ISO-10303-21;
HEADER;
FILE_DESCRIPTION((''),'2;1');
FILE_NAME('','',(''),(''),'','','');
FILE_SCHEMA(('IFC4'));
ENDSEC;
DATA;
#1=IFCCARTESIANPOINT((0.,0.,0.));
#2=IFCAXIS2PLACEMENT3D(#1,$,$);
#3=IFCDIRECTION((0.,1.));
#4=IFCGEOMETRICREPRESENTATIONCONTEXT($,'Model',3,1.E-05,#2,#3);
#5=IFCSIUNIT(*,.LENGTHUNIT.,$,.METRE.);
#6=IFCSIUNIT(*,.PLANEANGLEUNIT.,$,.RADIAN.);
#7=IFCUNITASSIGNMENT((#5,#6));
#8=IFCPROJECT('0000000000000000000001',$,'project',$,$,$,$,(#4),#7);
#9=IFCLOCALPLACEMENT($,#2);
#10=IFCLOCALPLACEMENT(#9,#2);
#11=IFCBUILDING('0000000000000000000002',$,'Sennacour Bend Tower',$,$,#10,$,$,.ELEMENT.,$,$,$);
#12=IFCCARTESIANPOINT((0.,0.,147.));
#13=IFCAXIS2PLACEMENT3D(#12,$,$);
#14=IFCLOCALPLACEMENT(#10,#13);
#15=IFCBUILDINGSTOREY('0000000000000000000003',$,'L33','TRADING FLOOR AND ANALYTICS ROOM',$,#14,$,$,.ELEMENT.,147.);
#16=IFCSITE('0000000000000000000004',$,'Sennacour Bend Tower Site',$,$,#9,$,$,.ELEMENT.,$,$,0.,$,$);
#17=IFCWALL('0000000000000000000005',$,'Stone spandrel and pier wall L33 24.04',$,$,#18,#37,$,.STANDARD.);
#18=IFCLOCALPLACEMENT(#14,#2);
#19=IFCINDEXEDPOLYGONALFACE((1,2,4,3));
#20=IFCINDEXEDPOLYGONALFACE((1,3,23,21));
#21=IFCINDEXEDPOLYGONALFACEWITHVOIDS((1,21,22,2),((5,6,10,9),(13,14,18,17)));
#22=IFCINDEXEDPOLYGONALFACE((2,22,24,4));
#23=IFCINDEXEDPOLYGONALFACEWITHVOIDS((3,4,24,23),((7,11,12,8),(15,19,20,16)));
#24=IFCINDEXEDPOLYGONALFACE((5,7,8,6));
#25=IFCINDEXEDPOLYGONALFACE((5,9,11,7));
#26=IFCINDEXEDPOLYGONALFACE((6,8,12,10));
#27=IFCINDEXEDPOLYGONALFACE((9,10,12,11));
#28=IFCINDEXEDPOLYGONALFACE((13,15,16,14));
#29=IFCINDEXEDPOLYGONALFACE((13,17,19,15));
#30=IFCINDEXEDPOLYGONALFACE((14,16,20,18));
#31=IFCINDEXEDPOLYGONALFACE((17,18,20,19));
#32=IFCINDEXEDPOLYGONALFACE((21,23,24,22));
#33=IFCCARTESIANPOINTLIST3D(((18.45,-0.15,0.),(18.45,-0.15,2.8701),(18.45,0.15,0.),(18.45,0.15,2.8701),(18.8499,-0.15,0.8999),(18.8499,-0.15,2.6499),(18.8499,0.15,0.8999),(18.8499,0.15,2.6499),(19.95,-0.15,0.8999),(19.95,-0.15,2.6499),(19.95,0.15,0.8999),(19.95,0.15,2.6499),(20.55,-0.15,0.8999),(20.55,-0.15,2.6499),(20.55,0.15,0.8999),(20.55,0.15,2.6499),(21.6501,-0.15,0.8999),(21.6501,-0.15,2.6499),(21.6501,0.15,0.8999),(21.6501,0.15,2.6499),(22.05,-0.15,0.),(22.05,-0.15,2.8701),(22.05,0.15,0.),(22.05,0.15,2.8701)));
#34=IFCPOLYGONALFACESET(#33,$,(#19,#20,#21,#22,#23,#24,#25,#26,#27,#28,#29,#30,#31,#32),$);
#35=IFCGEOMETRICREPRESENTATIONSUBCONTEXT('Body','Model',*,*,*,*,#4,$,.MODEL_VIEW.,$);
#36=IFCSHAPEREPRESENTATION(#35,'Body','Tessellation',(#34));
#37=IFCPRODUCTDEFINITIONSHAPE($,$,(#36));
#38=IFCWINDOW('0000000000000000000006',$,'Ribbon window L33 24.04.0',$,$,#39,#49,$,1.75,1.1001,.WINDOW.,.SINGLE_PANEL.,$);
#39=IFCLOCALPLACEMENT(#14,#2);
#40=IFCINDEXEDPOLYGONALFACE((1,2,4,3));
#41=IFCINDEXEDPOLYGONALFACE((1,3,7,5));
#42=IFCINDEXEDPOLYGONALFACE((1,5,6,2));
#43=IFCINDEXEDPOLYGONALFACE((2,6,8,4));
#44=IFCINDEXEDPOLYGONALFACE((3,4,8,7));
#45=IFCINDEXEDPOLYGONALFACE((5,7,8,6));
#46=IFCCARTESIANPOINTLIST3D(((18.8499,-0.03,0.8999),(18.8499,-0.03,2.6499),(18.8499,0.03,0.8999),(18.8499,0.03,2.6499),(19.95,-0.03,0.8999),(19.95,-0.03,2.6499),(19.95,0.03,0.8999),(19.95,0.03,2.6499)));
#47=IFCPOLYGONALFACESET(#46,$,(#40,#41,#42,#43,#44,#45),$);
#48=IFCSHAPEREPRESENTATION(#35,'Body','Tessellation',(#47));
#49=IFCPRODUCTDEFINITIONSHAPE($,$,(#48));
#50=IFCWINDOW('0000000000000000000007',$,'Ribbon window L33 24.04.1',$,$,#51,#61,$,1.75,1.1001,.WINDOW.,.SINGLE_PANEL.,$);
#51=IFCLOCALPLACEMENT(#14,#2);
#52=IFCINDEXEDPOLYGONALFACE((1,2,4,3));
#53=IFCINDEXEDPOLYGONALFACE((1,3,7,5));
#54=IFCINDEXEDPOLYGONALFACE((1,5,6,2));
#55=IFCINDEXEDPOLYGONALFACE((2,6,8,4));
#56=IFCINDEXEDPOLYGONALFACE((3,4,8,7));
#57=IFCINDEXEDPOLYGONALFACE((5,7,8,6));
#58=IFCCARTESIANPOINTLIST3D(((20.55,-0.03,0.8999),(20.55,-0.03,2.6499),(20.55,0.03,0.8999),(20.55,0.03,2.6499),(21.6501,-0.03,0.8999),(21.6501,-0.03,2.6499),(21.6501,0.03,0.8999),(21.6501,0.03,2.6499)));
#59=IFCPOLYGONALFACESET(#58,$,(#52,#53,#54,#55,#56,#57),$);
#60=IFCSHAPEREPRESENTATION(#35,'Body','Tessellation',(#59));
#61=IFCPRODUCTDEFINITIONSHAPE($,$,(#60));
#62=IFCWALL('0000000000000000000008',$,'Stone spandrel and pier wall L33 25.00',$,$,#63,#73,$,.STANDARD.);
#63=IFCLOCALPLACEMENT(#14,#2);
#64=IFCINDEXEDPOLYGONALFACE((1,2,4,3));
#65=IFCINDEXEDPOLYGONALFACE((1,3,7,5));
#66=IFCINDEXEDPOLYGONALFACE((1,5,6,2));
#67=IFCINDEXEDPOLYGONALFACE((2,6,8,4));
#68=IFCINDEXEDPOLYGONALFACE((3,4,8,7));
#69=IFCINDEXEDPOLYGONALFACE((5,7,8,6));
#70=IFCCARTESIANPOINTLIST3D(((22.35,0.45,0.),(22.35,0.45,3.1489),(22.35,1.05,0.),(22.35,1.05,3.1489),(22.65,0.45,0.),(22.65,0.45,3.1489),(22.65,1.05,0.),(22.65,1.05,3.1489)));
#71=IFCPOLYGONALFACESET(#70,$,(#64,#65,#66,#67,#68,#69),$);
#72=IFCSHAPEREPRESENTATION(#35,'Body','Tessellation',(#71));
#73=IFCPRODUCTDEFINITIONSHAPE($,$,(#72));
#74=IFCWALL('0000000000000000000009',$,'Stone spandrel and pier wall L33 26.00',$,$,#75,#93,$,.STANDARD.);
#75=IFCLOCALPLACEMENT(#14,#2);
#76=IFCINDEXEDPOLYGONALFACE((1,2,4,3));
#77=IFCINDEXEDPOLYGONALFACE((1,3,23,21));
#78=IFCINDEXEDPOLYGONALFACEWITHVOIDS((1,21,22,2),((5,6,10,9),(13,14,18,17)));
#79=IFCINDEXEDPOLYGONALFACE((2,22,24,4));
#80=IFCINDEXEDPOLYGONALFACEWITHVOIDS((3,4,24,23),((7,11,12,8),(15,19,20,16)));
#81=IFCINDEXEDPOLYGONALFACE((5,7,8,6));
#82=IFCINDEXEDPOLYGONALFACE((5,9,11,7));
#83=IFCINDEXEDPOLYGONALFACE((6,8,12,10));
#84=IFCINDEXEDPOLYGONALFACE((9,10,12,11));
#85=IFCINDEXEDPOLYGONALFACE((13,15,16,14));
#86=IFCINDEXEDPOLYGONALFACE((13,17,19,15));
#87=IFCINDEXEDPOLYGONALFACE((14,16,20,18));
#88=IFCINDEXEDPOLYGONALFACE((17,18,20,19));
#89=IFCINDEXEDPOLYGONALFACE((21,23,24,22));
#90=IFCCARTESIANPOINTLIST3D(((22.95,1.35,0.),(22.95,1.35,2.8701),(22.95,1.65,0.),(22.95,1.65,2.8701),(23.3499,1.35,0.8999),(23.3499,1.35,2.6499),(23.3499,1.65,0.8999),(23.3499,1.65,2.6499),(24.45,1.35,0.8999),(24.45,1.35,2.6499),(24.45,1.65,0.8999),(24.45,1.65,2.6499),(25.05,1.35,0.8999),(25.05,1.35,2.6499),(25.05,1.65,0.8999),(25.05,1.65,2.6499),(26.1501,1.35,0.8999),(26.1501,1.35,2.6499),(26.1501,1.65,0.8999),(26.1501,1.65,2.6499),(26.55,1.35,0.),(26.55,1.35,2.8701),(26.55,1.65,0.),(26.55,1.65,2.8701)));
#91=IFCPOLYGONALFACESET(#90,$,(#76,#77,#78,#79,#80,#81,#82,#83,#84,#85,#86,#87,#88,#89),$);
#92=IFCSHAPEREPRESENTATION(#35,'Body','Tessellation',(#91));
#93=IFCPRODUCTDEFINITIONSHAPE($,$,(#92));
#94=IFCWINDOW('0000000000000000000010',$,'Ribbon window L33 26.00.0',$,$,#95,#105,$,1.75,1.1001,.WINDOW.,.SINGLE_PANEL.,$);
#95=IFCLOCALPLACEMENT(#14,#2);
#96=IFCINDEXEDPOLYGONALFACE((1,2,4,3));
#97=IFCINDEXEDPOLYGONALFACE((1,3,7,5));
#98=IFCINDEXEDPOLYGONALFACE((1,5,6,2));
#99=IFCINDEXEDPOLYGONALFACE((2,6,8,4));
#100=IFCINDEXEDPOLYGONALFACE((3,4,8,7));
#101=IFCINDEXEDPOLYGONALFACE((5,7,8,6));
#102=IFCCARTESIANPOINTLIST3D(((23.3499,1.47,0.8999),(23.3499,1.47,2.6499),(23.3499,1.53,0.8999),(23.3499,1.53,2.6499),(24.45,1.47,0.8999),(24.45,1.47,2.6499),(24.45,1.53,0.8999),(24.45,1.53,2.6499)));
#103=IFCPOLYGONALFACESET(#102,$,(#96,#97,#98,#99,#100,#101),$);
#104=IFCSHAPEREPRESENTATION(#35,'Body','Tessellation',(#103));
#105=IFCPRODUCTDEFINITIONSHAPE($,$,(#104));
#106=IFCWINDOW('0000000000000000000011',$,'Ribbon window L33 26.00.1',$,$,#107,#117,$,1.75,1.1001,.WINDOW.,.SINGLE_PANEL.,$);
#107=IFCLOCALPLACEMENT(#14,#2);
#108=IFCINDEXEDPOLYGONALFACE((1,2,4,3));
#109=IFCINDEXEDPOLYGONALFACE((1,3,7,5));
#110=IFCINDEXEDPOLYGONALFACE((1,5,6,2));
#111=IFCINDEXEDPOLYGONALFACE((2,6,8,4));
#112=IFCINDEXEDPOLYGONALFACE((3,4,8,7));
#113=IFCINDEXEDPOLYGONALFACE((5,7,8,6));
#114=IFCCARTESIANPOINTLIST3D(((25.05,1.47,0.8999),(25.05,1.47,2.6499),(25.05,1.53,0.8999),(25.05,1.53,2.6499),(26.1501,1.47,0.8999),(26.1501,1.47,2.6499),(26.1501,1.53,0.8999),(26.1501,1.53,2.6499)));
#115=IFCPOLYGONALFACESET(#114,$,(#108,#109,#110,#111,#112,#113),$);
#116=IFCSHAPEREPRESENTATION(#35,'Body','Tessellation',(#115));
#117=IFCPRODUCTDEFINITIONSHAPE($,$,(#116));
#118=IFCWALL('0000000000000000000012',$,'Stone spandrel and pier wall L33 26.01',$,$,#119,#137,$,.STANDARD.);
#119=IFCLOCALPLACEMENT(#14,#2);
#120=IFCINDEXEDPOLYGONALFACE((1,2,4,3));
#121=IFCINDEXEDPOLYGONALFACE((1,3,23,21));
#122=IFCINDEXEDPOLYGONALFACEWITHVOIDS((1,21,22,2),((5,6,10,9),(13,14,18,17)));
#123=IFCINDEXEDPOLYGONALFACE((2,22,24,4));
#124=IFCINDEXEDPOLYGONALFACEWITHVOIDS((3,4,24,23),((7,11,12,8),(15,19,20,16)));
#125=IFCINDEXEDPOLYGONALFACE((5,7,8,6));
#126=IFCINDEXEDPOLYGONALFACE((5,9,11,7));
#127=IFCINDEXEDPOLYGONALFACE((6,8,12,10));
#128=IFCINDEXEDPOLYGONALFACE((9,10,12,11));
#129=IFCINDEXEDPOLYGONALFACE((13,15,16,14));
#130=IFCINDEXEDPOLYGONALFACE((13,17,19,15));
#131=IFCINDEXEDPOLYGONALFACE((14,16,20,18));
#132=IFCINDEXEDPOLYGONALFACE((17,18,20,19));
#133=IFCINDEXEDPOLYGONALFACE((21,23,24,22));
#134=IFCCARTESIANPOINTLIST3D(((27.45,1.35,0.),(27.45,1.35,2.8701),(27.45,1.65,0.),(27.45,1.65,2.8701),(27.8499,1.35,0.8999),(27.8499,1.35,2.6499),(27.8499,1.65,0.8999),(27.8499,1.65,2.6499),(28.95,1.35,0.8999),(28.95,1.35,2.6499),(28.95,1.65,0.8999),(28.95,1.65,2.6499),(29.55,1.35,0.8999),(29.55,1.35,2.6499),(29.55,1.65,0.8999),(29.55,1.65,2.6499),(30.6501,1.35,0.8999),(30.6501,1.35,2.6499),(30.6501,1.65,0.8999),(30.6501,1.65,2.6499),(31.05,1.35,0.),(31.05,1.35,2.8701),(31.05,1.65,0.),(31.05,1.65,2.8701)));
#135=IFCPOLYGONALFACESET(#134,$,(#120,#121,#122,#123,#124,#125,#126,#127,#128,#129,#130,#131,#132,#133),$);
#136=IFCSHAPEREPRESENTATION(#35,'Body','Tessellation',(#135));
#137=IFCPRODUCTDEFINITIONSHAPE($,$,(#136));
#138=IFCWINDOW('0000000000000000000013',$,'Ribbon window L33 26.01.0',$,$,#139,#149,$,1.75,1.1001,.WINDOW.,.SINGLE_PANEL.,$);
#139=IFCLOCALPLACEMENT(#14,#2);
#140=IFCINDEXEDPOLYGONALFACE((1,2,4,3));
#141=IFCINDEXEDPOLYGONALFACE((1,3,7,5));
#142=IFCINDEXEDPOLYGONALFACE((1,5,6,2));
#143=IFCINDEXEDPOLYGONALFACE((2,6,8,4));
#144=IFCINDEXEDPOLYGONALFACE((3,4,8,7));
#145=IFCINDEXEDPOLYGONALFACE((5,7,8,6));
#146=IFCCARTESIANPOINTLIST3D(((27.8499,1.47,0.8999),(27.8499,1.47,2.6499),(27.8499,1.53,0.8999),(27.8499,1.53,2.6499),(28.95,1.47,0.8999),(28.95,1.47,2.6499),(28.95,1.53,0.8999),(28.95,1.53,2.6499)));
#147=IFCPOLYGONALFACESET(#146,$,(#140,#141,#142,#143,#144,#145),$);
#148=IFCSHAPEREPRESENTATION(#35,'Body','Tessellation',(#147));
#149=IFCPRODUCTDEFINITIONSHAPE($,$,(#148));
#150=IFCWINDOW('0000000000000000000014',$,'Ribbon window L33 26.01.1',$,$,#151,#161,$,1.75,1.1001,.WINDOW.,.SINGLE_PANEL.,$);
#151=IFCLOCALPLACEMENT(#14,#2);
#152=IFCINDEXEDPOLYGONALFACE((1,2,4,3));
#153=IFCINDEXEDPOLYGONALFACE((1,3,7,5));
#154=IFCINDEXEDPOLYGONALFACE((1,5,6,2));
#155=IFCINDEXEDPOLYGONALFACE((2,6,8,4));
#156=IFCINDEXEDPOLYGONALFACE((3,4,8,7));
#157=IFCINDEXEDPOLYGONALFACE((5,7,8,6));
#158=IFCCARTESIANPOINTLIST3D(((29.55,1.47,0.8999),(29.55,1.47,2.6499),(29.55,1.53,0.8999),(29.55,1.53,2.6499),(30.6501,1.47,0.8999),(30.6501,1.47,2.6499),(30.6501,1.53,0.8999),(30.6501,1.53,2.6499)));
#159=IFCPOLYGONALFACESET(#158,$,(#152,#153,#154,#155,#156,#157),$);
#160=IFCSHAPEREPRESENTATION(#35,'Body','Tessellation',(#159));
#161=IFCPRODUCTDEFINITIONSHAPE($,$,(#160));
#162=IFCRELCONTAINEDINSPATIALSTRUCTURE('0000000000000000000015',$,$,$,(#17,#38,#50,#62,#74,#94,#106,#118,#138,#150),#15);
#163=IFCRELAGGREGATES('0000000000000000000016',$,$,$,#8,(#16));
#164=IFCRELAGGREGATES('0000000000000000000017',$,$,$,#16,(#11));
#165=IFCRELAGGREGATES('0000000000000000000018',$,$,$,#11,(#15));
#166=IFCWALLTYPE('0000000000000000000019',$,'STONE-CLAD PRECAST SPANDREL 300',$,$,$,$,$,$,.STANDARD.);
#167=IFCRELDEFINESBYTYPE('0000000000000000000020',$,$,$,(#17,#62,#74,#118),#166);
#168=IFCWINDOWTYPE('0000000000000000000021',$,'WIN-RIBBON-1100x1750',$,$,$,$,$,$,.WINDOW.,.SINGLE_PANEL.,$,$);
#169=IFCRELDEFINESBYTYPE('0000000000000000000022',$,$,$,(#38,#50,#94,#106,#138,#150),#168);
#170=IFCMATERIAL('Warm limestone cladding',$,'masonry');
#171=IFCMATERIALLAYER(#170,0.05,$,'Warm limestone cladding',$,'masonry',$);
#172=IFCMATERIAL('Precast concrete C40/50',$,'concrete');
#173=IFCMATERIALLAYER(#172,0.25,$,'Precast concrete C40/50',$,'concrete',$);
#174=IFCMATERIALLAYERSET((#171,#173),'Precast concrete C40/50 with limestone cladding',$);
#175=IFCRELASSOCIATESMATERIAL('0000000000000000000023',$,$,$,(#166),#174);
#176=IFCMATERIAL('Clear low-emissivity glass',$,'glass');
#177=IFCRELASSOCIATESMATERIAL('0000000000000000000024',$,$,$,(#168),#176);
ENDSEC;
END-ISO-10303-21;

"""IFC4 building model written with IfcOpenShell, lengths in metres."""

from ifc_helpers import new_model, si_unit, direction, frame, frame_2d, origin, place, context, subcontext, project, spatial, rectangle, extrude, material, layer, layer_set, type_object, element, fill, save


model = new_model("IFC4")

# Units and contexts
model_context = context("Model", 3, precision=1e-05, world=origin(), true_north=direction((0.0, 1.0)))
body_context = subcontext(model_context, "Body", "Model", "MODEL_VIEW")
ifc_project = project(units=[si_unit("LENGTHUNIT", "METRE"), si_unit("PLANEANGLEUNIT", "RADIAN")], contexts=[model_context])

# Site, building, storey
site_placement = place(None, origin())
site = spatial("IfcSite", under=ifc_project, at=site_placement, Name="Sennacour Bend Tower Site", CompositionType="ELEMENT", RefElevation=0.0)
building_placement = place(site_placement, origin())
building = spatial("IfcBuilding", under=site, at=building_placement, Name="Sennacour Bend Tower", CompositionType="ELEMENT")
storey_placement = place(building_placement, frame((0.0, 0.0, 147.0)))
storey = spatial("IfcBuildingStorey", under=building, at=storey_placement, Name="L33", Description="TRADING FLOOR AND ANALYTICS ROOM", CompositionType="ELEMENT", Elevation=147.0)

# Wall, openings, windows
ifc_material_1 = material(Name="Warm limestone cladding", Category="masonry")
ifc_layer_1 = layer(ifc_material_1, 0.05, Name="Warm limestone cladding", Category="masonry")
ifc_material_2 = material(Name="Precast concrete C40/50", Category="concrete")
ifc_layer_2 = layer(ifc_material_2, 0.25, Name="Precast concrete C40/50", Category="concrete")
ifc_layer_set_1 = layer_set([ifc_layer_1, ifc_layer_2], Name="Precast concrete C40/50 with limestone cladding")
wall_type_1 = type_object("IfcWallType", Name="STONE-CLAD PRECAST SPANDREL 300", PredefinedType="STANDARD", material=ifc_layer_set_1)
wall_1_placement = place(storey_placement, frame((18.45, 0.0, 0.0), z_axis=(0.0, 0.0, 1.0), x_axis=(1.0, 0.0, 0.0)))
wall_1 = element("IfcWall", 1, at=wall_1_placement, inside=storey, type_object=wall_type_1, Name="Stone spandrel and pier wall L33 24.04", PredefinedType="STANDARD", context=body_context, shape_type="SweptSolid", body=[
    extrude(rectangle(XDim=3.6001, YDim=0.3, at=frame_2d((1.8, 0.0))), origin(), (0.0, 0.0, 1.0), 2.8701),
])
opening_1_placement = place(wall_1_placement, frame((0.3999, 0.0, 0.8999)))
opening_1 = element("IfcOpeningElement", 2, at=opening_1_placement, cuts=wall_1, PredefinedType="OPENING", context=body_context, shape_type="SweptSolid", body=[
    extrude(rectangle(XDim=1.1001, YDim=1.75, at=frame_2d((0.55, 0.875))), frame((0.0, 0.1602, 0.0), z_axis=(0.0, -1.0, 0.0), x_axis=(1.0, 0.0, 0.0)), (0.0, 0.0, 1.0), 0.3201),
])
opening_2_placement = place(wall_1_placement, frame((2.1001, 0.0, 0.8999)))
opening_2 = element("IfcOpeningElement", 3, at=opening_2_placement, cuts=wall_1, PredefinedType="OPENING", context=body_context, shape_type="SweptSolid", body=[
    extrude(rectangle(XDim=1.1001, YDim=1.75, at=frame_2d((0.55, 0.875))), frame((0.0, 0.1602, 0.0), z_axis=(0.0, -1.0, 0.0), x_axis=(1.0, 0.0, 0.0)), (0.0, 0.0, 1.0), 0.3201),
])
ifc_material_3 = material(Name="Clear low-emissivity glass", Category="glass")
window_type = type_object("IfcWindowType", Name="WIN-RIBBON-1100x1750", PartitioningType="SINGLE_PANEL", PredefinedType="WINDOW", material=ifc_material_3)
window_1_placement = place(opening_1_placement, origin())
window_1 = element("IfcWindow", 4, at=window_1_placement, inside=storey, type_object=window_type, Name="Ribbon window L33 24.04.0", OverallHeight=1.75, OverallWidth=1.1001, PartitioningType="SINGLE_PANEL", PredefinedType="WINDOW", context=body_context, shape_type="SweptSolid", body=[
    extrude(rectangle(XDim=1.1001, YDim=1.75, at=frame_2d((0.55, 0.875))), frame((0.0, 0.03, 0.0), z_axis=(0.0, -1.0, 0.0), x_axis=(1.0, 0.0, 0.0)), (0.0, 0.0, 1.0), 0.0601),
])
fill(opening_1, window_1)
window_2_placement = place(opening_2_placement, origin())
window_2 = element("IfcWindow", 5, at=window_2_placement, inside=storey, type_object=window_type, Name="Ribbon window L33 24.04.1", OverallHeight=1.75, OverallWidth=1.1001, PartitioningType="SINGLE_PANEL", PredefinedType="WINDOW", context=body_context, shape_type="SweptSolid", body=[
    extrude(rectangle(XDim=1.1001, YDim=1.75, at=frame_2d((0.55, 0.875))), frame((0.0, 0.03, 0.0), z_axis=(0.0, -1.0, 0.0), x_axis=(1.0, 0.0, 0.0)), (0.0, 0.0, 1.0), 0.0601),
])
fill(opening_2, window_2)

# Wall
wall_2_placement = place(storey_placement, frame((22.5, 0.45, 0.0), z_axis=(0.0, 0.0, 1.0), x_axis=(0.0, 1.0, 0.0)))
element("IfcWall", 6, at=wall_2_placement, inside=storey, type_object=wall_type_1, Name="Stone spandrel and pier wall L33 25.00", PredefinedType="STANDARD", context=body_context, shape_type="SweptSolid", body=[
    extrude(rectangle(XDim=0.6001, YDim=0.3, at=frame_2d((0.3, 0.0))), origin(), (0.0, 0.0, 1.0), 3.1489),
])

# Walls, openings, windows
wall_3_placement = place(storey_placement, frame((22.95, 1.5, 0.0), z_axis=(0.0, 0.0, 1.0), x_axis=(1.0, 0.0, 0.0)))
wall_3 = element("IfcWall", 7, at=wall_3_placement, inside=storey, type_object=wall_type_1, Name="Stone spandrel and pier wall L33 26.00", PredefinedType="STANDARD", context=body_context, shape_type="SweptSolid", body=[
    extrude(rectangle(XDim=3.6001, YDim=0.3, at=frame_2d((1.8, 0.0))), origin(), (0.0, 0.0, 1.0), 2.8701),
])
opening_3_placement = place(wall_3_placement, frame((0.3999, 0.0, 0.8999)))
opening_3 = element("IfcOpeningElement", 8, at=opening_3_placement, cuts=wall_3, PredefinedType="OPENING", context=body_context, shape_type="SweptSolid", body=[
    extrude(rectangle(XDim=1.1001, YDim=1.75, at=frame_2d((0.55, 0.875))), frame((0.0, 0.1602, 0.0), z_axis=(0.0, -1.0, 0.0), x_axis=(1.0, 0.0, 0.0)), (0.0, 0.0, 1.0), 0.3201),
])
opening_4_placement = place(wall_3_placement, frame((2.1001, 0.0, 0.8999)))
opening_4 = element("IfcOpeningElement", 9, at=opening_4_placement, cuts=wall_3, PredefinedType="OPENING", context=body_context, shape_type="SweptSolid", body=[
    extrude(rectangle(XDim=1.1001, YDim=1.75, at=frame_2d((0.55, 0.875))), frame((0.0, 0.1602, 0.0), z_axis=(0.0, -1.0, 0.0), x_axis=(1.0, 0.0, 0.0)), (0.0, 0.0, 1.0), 0.3201),
])
window_3_placement = place(opening_3_placement, origin())
window_3 = element("IfcWindow", 10, at=window_3_placement, inside=storey, type_object=window_type, Name="Ribbon window L33 26.00.0", OverallHeight=1.75, OverallWidth=1.1001, PartitioningType="SINGLE_PANEL", PredefinedType="WINDOW", context=body_context, shape_type="SweptSolid", body=[
    extrude(rectangle(XDim=1.1001, YDim=1.75, at=frame_2d((0.55, 0.875))), frame((0.0, 0.03, 0.0), z_axis=(0.0, -1.0, 0.0), x_axis=(1.0, 0.0, 0.0)), (0.0, 0.0, 1.0), 0.0601),
])
fill(opening_3, window_3)
window_4_placement = place(opening_4_placement, origin())
window_4 = element("IfcWindow", 11, at=window_4_placement, inside=storey, type_object=window_type, Name="Ribbon window L33 26.00.1", OverallHeight=1.75, OverallWidth=1.1001, PartitioningType="SINGLE_PANEL", PredefinedType="WINDOW", context=body_context, shape_type="SweptSolid", body=[
    extrude(rectangle(XDim=1.1001, YDim=1.75, at=frame_2d((0.55, 0.875))), frame((0.0, 0.03, 0.0), z_axis=(0.0, -1.0, 0.0), x_axis=(1.0, 0.0, 0.0)), (0.0, 0.0, 1.0), 0.0601),
])
fill(opening_4, window_4)
wall_4_placement = place(storey_placement, frame((27.45, 1.5, 0.0), z_axis=(0.0, 0.0, 1.0), x_axis=(1.0, 0.0, 0.0)))
wall_4 = element("IfcWall", 12, at=wall_4_placement, inside=storey, type_object=wall_type_1, Name="Stone spandrel and pier wall L33 26.01", PredefinedType="STANDARD", context=body_context, shape_type="SweptSolid", body=[
    extrude(rectangle(XDim=3.6001, YDim=0.3, at=frame_2d((1.8, 0.0))), origin(), (0.0, 0.0, 1.0), 2.8701),
])
opening_5_placement = place(wall_4_placement, frame((0.3999, 0.0, 0.8999)))
opening_5 = element("IfcOpeningElement", 13, at=opening_5_placement, cuts=wall_4, PredefinedType="OPENING", context=body_context, shape_type="SweptSolid", body=[
    extrude(rectangle(XDim=1.1001, YDim=1.75, at=frame_2d((0.55, 0.875))), frame((0.0, 0.1602, 0.0), z_axis=(0.0, -1.0, 0.0), x_axis=(1.0, 0.0, 0.0)), (0.0, 0.0, 1.0), 0.3201),
])
opening_6_placement = place(wall_4_placement, frame((2.1001, 0.0, 0.8999)))
opening_6 = element("IfcOpeningElement", 14, at=opening_6_placement, cuts=wall_4, PredefinedType="OPENING", context=body_context, shape_type="SweptSolid", body=[
    extrude(rectangle(XDim=1.1001, YDim=1.75, at=frame_2d((0.55, 0.875))), frame((0.0, 0.1602, 0.0), z_axis=(0.0, -1.0, 0.0), x_axis=(1.0, 0.0, 0.0)), (0.0, 0.0, 1.0), 0.3201),
])
window_5_placement = place(opening_5_placement, origin())
window_5 = element("IfcWindow", 15, at=window_5_placement, inside=storey, type_object=window_type, Name="Ribbon window L33 26.01.0", OverallHeight=1.75, OverallWidth=1.1001, PartitioningType="SINGLE_PANEL", PredefinedType="WINDOW", context=body_context, shape_type="SweptSolid", body=[
    extrude(rectangle(XDim=1.1001, YDim=1.75, at=frame_2d((0.55, 0.875))), frame((0.0, 0.03, 0.0), z_axis=(0.0, -1.0, 0.0), x_axis=(1.0, 0.0, 0.0)), (0.0, 0.0, 1.0), 0.0601),
])
fill(opening_5, window_5)
window_6_placement = place(opening_6_placement, origin())
window_6 = element("IfcWindow", 16, at=window_6_placement, inside=storey, type_object=window_type, Name="Ribbon window L33 26.01.1", OverallHeight=1.75, OverallWidth=1.1001, PartitioningType="SINGLE_PANEL", PredefinedType="WINDOW", context=body_context, shape_type="SweptSolid", body=[
    extrude(rectangle(XDim=1.1001, YDim=1.75, at=frame_2d((0.55, 0.875))), frame((0.0, 0.03, 0.0), z_axis=(0.0, -1.0, 0.0), x_axis=(1.0, 0.0, 0.0)), (0.0, 0.0, 1.0), 0.0601),
])
fill(opening_6, window_6)

save(model, "model.ifc")
